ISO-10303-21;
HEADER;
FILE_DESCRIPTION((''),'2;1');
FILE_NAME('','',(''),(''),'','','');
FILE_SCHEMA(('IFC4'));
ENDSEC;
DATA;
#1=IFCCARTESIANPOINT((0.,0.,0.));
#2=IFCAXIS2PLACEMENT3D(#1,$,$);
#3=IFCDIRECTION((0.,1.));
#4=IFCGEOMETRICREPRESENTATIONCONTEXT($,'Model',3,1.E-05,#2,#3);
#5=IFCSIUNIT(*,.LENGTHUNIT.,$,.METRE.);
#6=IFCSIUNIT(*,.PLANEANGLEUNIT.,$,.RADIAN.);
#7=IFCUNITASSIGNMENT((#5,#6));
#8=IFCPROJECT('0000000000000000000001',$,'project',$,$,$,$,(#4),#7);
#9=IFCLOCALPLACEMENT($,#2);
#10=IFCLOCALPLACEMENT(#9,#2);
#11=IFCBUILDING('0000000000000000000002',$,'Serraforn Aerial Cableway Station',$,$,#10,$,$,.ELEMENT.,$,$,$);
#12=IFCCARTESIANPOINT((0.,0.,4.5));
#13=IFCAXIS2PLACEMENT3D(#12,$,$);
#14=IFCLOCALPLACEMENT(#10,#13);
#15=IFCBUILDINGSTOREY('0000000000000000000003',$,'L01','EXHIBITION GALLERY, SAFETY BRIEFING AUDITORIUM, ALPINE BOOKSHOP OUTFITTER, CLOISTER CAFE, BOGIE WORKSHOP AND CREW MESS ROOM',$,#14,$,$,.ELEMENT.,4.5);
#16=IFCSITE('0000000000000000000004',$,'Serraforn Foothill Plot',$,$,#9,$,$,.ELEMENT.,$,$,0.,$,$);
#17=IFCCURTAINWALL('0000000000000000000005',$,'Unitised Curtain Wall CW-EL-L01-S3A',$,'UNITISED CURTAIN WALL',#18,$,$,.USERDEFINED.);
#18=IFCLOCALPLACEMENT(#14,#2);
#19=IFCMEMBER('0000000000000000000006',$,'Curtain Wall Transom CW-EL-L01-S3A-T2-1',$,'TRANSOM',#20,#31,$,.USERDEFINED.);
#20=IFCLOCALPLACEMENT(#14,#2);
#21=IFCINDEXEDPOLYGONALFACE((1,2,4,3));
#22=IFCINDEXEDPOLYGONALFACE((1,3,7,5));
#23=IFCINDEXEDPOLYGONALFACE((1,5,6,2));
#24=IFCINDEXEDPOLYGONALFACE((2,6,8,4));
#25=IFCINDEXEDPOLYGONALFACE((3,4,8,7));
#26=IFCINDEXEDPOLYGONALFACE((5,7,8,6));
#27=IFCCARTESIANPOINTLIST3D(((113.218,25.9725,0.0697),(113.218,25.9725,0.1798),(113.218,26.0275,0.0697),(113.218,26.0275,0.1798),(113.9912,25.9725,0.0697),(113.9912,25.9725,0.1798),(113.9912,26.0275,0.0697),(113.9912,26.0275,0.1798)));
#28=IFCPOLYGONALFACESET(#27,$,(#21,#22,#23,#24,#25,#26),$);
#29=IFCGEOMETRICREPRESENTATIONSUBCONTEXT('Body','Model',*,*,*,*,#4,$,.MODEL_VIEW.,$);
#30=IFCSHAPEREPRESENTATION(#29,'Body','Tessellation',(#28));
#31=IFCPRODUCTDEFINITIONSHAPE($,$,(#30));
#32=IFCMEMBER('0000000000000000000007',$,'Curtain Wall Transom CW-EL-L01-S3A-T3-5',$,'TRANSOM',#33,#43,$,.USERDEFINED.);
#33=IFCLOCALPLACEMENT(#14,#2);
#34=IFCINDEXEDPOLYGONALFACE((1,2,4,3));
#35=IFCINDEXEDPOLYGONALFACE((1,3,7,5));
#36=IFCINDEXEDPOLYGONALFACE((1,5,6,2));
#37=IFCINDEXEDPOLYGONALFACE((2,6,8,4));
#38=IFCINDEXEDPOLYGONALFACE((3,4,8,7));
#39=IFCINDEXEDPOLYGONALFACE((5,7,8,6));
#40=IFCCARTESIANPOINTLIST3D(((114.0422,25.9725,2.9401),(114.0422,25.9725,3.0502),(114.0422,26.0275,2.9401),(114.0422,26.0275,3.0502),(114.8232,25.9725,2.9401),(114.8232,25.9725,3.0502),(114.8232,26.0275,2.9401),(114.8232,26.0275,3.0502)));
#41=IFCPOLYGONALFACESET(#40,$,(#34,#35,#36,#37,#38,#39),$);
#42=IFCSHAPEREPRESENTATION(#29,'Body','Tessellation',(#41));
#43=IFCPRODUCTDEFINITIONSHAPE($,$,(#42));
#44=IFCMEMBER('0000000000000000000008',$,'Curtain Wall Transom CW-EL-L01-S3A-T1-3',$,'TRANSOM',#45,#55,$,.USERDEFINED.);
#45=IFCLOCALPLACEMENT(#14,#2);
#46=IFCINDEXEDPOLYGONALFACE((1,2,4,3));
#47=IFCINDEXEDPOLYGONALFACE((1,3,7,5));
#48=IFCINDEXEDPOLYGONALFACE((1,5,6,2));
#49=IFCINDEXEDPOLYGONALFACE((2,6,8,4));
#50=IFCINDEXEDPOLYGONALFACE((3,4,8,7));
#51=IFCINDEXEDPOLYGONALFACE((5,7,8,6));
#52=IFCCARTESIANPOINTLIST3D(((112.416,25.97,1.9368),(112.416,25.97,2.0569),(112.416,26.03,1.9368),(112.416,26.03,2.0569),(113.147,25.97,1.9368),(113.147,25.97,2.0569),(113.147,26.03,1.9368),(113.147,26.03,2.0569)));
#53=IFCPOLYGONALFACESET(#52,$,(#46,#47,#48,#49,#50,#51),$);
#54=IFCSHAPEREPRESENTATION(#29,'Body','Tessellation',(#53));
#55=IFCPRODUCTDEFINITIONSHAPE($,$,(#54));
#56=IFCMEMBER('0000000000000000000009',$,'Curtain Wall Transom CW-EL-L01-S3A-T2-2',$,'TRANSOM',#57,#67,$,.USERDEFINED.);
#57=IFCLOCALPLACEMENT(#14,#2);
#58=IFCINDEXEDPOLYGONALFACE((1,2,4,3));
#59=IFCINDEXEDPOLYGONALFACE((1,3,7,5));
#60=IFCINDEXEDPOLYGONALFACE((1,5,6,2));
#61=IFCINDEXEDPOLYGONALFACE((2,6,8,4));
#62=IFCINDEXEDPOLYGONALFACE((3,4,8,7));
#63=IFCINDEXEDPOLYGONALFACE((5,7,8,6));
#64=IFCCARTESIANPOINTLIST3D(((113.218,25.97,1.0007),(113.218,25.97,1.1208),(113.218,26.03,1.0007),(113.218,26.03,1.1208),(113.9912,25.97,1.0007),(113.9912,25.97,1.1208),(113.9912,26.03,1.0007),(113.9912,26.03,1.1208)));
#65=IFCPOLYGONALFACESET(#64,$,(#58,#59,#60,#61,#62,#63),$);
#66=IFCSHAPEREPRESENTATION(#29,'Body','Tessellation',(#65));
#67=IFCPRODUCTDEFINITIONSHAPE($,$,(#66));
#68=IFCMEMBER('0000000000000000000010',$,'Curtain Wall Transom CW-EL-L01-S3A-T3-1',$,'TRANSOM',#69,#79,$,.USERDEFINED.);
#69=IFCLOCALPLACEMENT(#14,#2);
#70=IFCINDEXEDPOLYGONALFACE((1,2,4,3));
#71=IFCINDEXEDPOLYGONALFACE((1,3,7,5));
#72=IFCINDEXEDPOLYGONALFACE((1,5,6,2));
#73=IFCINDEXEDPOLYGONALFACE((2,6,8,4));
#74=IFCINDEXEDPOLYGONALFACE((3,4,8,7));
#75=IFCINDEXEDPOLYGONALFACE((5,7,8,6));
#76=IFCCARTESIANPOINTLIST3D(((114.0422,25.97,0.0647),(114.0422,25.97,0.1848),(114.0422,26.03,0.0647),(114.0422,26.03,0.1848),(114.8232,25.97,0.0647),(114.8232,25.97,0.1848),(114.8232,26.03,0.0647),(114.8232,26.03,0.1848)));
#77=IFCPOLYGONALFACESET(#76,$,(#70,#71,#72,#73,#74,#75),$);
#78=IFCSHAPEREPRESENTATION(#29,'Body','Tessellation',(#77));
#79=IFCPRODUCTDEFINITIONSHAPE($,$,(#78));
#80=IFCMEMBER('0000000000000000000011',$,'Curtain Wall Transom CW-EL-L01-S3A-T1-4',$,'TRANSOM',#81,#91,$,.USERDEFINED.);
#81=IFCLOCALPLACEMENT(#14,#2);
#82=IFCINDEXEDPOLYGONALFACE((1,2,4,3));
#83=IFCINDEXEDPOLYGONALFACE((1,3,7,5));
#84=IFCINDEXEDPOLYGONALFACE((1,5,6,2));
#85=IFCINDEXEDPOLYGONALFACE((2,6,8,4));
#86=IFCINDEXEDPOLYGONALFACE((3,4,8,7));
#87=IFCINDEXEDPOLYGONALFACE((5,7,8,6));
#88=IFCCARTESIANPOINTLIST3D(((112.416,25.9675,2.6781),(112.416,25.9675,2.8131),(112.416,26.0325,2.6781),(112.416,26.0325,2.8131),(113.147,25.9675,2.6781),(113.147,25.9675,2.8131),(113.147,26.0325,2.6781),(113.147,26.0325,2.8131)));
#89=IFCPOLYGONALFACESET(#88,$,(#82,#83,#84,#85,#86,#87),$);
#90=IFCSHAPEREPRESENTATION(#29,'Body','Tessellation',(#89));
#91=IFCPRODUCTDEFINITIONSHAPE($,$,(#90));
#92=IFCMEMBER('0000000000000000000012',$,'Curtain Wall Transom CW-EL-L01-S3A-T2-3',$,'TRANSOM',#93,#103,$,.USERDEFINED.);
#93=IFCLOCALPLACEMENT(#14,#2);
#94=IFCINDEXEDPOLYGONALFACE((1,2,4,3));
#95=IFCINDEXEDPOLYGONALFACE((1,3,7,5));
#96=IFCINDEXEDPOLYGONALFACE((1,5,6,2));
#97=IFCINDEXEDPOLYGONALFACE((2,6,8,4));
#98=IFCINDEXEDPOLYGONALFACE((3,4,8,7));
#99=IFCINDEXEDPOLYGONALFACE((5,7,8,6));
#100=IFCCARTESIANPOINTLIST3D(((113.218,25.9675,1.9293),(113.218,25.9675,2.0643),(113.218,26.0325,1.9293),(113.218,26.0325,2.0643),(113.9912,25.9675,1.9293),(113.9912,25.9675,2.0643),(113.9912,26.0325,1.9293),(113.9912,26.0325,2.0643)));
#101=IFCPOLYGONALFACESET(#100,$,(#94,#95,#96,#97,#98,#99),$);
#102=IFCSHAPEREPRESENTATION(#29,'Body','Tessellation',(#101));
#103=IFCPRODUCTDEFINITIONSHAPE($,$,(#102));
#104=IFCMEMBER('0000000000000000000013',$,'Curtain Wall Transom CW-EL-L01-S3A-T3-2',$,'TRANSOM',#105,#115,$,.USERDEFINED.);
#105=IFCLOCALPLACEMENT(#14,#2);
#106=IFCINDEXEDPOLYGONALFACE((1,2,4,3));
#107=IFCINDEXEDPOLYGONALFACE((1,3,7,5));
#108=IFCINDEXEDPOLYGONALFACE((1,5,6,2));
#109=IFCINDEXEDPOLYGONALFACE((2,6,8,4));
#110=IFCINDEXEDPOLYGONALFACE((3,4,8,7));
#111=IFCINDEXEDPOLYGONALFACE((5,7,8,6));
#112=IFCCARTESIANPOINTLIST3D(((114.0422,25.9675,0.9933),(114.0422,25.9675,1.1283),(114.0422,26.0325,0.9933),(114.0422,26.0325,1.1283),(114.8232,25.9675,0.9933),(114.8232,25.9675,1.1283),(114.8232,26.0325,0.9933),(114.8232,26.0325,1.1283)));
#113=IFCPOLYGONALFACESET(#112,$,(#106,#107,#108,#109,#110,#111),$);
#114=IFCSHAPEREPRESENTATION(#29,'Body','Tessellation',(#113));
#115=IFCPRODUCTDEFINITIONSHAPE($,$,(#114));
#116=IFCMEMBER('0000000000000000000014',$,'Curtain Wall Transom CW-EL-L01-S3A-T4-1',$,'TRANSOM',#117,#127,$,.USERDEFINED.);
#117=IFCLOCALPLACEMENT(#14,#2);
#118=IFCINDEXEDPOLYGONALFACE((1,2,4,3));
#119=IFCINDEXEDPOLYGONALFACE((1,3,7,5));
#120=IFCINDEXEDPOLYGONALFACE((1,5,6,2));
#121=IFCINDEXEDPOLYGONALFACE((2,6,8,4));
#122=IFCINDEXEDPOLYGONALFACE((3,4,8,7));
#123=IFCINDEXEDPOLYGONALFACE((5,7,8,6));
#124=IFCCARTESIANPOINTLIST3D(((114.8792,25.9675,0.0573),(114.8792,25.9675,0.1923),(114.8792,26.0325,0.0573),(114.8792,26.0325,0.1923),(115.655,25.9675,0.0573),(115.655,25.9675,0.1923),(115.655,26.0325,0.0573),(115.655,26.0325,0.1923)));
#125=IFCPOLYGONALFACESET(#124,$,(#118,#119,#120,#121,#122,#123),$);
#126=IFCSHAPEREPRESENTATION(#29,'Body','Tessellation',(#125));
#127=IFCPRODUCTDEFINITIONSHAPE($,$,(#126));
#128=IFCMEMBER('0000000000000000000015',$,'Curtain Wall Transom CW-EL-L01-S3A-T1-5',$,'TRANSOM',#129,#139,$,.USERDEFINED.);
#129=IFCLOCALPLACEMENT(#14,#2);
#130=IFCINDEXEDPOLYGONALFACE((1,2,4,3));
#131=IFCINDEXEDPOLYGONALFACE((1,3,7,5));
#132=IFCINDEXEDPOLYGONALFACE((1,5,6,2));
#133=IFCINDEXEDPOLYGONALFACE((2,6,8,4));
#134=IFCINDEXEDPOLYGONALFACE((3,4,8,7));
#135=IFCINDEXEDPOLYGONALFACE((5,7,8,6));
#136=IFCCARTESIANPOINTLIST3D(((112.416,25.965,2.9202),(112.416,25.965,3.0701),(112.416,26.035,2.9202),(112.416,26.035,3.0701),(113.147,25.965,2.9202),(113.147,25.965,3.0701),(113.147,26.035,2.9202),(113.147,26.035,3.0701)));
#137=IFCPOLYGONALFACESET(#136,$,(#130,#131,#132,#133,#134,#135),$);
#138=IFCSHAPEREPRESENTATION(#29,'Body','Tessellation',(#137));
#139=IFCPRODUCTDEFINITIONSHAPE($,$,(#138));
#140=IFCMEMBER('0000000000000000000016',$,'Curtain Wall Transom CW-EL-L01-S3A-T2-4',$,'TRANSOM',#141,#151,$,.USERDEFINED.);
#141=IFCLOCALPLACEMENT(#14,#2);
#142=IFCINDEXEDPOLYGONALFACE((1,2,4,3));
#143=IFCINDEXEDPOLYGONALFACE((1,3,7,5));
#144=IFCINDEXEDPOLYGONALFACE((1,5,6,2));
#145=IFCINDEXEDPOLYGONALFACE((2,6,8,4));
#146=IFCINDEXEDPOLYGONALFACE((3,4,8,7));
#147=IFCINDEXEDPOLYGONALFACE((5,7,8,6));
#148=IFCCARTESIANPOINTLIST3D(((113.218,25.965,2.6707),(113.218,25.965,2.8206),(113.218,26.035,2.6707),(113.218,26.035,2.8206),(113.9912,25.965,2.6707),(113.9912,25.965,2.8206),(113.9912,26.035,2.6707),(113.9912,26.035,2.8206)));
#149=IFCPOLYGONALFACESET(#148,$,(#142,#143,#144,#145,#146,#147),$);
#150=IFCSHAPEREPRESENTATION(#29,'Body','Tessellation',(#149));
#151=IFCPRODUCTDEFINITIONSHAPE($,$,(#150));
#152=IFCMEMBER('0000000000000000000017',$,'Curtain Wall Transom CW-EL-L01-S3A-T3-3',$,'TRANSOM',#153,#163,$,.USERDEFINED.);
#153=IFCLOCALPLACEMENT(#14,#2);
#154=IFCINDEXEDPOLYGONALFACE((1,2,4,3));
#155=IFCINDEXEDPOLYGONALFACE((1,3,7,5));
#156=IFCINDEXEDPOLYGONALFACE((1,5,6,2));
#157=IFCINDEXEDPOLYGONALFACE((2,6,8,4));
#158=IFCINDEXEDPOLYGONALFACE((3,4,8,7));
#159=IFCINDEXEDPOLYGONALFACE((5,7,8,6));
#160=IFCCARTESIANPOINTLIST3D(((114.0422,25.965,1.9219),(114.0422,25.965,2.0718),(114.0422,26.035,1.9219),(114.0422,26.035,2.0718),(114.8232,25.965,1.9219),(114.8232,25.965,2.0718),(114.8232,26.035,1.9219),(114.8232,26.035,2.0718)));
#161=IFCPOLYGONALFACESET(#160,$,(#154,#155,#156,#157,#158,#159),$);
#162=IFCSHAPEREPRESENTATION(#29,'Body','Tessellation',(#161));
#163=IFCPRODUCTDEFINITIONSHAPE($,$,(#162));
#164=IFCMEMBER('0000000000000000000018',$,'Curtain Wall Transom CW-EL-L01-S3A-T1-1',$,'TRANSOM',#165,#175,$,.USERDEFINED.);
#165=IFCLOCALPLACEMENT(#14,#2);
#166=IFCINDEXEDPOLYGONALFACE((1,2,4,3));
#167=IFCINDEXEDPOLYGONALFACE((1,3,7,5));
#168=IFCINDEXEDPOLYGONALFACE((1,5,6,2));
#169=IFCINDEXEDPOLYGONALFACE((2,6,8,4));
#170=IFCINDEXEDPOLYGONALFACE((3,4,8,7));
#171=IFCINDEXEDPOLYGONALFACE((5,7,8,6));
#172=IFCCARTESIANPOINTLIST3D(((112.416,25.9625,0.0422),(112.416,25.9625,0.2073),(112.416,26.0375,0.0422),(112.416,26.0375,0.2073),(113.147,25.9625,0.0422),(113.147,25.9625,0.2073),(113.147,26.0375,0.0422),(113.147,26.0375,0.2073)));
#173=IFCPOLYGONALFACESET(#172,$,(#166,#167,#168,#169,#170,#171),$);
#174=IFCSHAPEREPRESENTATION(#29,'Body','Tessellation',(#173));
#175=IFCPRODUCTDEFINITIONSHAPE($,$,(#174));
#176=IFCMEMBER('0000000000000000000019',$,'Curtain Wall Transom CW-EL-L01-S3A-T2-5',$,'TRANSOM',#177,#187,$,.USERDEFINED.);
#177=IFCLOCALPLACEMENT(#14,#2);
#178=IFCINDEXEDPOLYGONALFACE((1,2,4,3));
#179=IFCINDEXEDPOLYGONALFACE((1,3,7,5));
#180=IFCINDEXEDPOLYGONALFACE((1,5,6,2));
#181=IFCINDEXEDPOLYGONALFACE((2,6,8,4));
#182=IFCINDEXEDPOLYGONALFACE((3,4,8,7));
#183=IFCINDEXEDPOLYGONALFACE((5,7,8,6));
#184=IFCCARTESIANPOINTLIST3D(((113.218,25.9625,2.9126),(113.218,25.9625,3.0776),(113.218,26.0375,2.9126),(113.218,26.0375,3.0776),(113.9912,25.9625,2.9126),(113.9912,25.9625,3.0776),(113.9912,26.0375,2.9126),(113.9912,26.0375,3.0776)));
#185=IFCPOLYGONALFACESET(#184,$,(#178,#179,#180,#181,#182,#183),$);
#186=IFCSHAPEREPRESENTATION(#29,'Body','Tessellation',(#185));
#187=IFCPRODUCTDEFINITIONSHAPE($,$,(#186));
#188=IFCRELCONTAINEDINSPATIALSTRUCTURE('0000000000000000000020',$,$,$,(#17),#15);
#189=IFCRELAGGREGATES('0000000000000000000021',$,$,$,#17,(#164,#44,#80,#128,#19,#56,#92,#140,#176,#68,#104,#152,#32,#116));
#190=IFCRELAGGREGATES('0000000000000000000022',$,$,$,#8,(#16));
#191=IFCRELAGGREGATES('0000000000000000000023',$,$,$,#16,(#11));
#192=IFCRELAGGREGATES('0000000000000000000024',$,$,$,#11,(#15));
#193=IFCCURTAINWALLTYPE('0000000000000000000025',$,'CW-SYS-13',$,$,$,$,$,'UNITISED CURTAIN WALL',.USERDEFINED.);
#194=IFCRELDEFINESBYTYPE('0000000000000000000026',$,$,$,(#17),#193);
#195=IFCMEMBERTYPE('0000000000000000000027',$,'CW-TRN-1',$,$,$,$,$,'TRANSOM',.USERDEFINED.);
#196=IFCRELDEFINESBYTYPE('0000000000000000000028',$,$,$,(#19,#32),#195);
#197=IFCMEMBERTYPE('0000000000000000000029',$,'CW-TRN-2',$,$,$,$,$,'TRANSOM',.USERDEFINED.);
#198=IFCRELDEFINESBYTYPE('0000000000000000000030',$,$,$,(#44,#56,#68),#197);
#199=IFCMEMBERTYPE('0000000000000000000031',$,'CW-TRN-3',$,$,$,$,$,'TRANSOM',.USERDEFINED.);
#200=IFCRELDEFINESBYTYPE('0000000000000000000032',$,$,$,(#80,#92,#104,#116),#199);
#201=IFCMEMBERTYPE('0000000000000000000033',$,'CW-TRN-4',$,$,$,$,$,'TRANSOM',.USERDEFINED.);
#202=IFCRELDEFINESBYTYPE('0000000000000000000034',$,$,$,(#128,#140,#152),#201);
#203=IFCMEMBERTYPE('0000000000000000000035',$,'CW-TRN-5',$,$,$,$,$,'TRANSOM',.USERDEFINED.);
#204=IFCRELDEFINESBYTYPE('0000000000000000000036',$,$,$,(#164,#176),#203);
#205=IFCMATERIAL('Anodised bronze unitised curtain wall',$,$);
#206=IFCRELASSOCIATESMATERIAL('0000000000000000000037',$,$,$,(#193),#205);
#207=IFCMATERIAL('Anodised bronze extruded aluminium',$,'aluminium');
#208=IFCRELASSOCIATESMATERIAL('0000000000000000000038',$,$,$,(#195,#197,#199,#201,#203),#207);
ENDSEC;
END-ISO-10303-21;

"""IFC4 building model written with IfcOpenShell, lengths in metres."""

from ifc_helpers import new_model, si_unit, direction, frame, origin, origin_2d, place, context, subcontext, project, spatial, rectangle, extrude, material, material_profile, profile_set, type_object, element, aggregate, save


model = new_model("IFC4")

# Units and contexts
model_context = context("Model", 3, precision=1e-05, world=origin(), true_north=direction((0.0, 1.0)))
body_context = subcontext(model_context, "Body", "Model", "MODEL_VIEW")
ifc_project = project(units=[si_unit("LENGTHUNIT", "METRE"), si_unit("PLANEANGLEUNIT", "RADIAN")], contexts=[model_context])

# Site, building, storey
site_placement = place(None, origin())
site = spatial("IfcSite", under=ifc_project, at=site_placement, Name="Serraforn Foothill Plot", CompositionType="ELEMENT", RefElevation=0.0)
building_placement = place(site_placement, origin())
building = spatial("IfcBuilding", under=site, at=building_placement, Name="Serraforn Aerial Cableway Station", CompositionType="ELEMENT")
storey_placement = place(building_placement, frame((0.0, 0.0, 4.5)))
storey = spatial("IfcBuildingStorey", under=building, at=storey_placement, Name="L01", Description="EXHIBITION GALLERY, SAFETY BRIEFING AUDITORIUM, ALPINE BOOKSHOP OUTFITTER, CLOISTER CAFE, BOGIE WORKSHOP AND CREW MESS ROOM", CompositionType="ELEMENT", Elevation=4.5)

# Curtain wall, members
ifc_material_1 = material(Name="Anodised bronze unitised curtain wall")
curtain_wall_type = type_object("IfcCurtainWallType", Name="CW-SYS-13", ElementType="UNITISED CURTAIN WALL", PredefinedType="USERDEFINED", material=ifc_material_1)
curtain_wall_placement = place(storey_placement, origin())
curtain_wall = element("IfcCurtainWall", 1, at=curtain_wall_placement, inside=storey, type_object=curtain_wall_type, Name="Unitised Curtain Wall CW-EL-L01-S3A", ObjectType="UNITISED CURTAIN WALL", PredefinedType="USERDEFINED")
ifc_material_2 = material(Name="Anodised bronze extruded aluminium", Category="aluminium")
ifc_material_profile_1 = material_profile(ifc_material_2, rectangle(XDim=0.0549, YDim=0.1101, at=origin_2d()), Name="CW TRANSOM 55x110")
ifc_profile_set_1 = profile_set([ifc_material_profile_1], Name="Anodised bronze extruded aluminium")
member_type_1 = type_object("IfcMemberType", Name="CW-TRN-1", ElementType="TRANSOM", PredefinedType="USERDEFINED", material=ifc_profile_set_1)
member_1_placement = place(storey_placement, frame((113.218, 26.0, 0.1248), z_axis=(1.0, 0.0, 0.0), x_axis=(0.0, 1.0, 0.0)))
member_1 = element("IfcMember", 2, at=member_1_placement, type_object=member_type_1, Name="Curtain Wall Transom CW-EL-L01-S3A-T2-1", ObjectType="TRANSOM", PredefinedType="USERDEFINED", context=body_context, shape_type="SweptSolid", body=[
    extrude(rectangle(XDim=0.0549, YDim=0.1101, at=origin_2d()), origin(), (0.0, 0.0, 1.0), 0.7732),
])
member_2_placement = place(storey_placement, frame((114.0422, 26.0, 2.9951), z_axis=(1.0, 0.0, 0.0), x_axis=(0.0, 1.0, 0.0)))
member_2 = element("IfcMember", 3, at=member_2_placement, type_object=member_type_1, Name="Curtain Wall Transom CW-EL-L01-S3A-T3-5", ObjectType="TRANSOM", PredefinedType="USERDEFINED", context=body_context, shape_type="SweptSolid", body=[
    extrude(rectangle(XDim=0.0549, YDim=0.1101, at=origin_2d()), origin(), (0.0, 0.0, 1.0), 0.781),
])
ifc_material_profile_2 = material_profile(ifc_material_2, rectangle(XDim=0.0601, YDim=0.1201, at=origin_2d()), Name="CW TRANSOM 60x120")
ifc_profile_set_2 = profile_set([ifc_material_profile_2], Name="Anodised bronze extruded aluminium")
member_type_2 = type_object("IfcMemberType", Name="CW-TRN-2", ElementType="TRANSOM", PredefinedType="USERDEFINED", material=ifc_profile_set_2)
member_3_placement = place(storey_placement, frame((112.416, 26.0, 1.9968), z_axis=(1.0, 0.0, 0.0), x_axis=(0.0, 1.0, 0.0)))
member_3 = element("IfcMember", 4, at=member_3_placement, type_object=member_type_2, Name="Curtain Wall Transom CW-EL-L01-S3A-T1-3", ObjectType="TRANSOM", PredefinedType="USERDEFINED", context=body_context, shape_type="SweptSolid", body=[
    extrude(rectangle(XDim=0.0601, YDim=0.1201, at=origin_2d()), origin(), (0.0, 0.0, 1.0), 0.731),
])
member_4_placement = place(storey_placement, frame((113.218, 26.0, 1.0608), z_axis=(1.0, 0.0, 0.0), x_axis=(0.0, 1.0, 0.0)))
member_4 = element("IfcMember", 5, at=member_4_placement, type_object=member_type_2, Name="Curtain Wall Transom CW-EL-L01-S3A-T2-2", ObjectType="TRANSOM", PredefinedType="USERDEFINED", context=body_context, shape_type="SweptSolid", body=[
    extrude(rectangle(XDim=0.0601, YDim=0.1201, at=origin_2d()), origin(), (0.0, 0.0, 1.0), 0.7732),
])
member_5_placement = place(storey_placement, frame((114.0422, 26.0, 0.1248), z_axis=(1.0, 0.0, 0.0), x_axis=(0.0, 1.0, 0.0)))
member_5 = element("IfcMember", 6, at=member_5_placement, type_object=member_type_2, Name="Curtain Wall Transom CW-EL-L01-S3A-T3-1", ObjectType="TRANSOM", PredefinedType="USERDEFINED", context=body_context, shape_type="SweptSolid", body=[
    extrude(rectangle(XDim=0.0601, YDim=0.1201, at=origin_2d()), origin(), (0.0, 0.0, 1.0), 0.781),
])
ifc_material_profile_3 = material_profile(ifc_material_2, rectangle(XDim=0.0649, YDim=0.135, at=origin_2d()), Name="CW TRANSOM 65x135")
ifc_profile_set_3 = profile_set([ifc_material_profile_3], Name="Anodised bronze extruded aluminium")
member_type_3 = type_object("IfcMemberType", Name="CW-TRN-3", ElementType="TRANSOM", PredefinedType="USERDEFINED", material=ifc_profile_set_3)
member_6_placement = place(storey_placement, frame((112.416, 26.0, 2.7456), z_axis=(1.0, 0.0, 0.0), x_axis=(0.0, 1.0, 0.0)))
member_6 = element("IfcMember", 7, at=member_6_placement, type_object=member_type_3, Name="Curtain Wall Transom CW-EL-L01-S3A-T1-4", ObjectType="TRANSOM", PredefinedType="USERDEFINED", context=body_context, shape_type="SweptSolid", body=[
    extrude(rectangle(XDim=0.0649, YDim=0.135, at=origin_2d()), origin(), (0.0, 0.0, 1.0), 0.731),
])
member_7_placement = place(storey_placement, frame((113.218, 26.0, 1.9968), z_axis=(1.0, 0.0, 0.0), x_axis=(0.0, 1.0, 0.0)))
member_7 = element("IfcMember", 8, at=member_7_placement, type_object=member_type_3, Name="Curtain Wall Transom CW-EL-L01-S3A-T2-3", ObjectType="TRANSOM", PredefinedType="USERDEFINED", context=body_context, shape_type="SweptSolid", body=[
    extrude(rectangle(XDim=0.0649, YDim=0.135, at=origin_2d()), origin(), (0.0, 0.0, 1.0), 0.7732),
])
member_8_placement = place(storey_placement, frame((114.0422, 26.0, 1.0608), z_axis=(1.0, 0.0, 0.0), x_axis=(0.0, 1.0, 0.0)))
member_8 = element("IfcMember", 9, at=member_8_placement, type_object=member_type_3, Name="Curtain Wall Transom CW-EL-L01-S3A-T3-2", ObjectType="TRANSOM", PredefinedType="USERDEFINED", context=body_context, shape_type="SweptSolid", body=[
    extrude(rectangle(XDim=0.0649, YDim=0.135, at=origin_2d()), origin(), (0.0, 0.0, 1.0), 0.781),
])
member_9_placement = place(storey_placement, frame((114.8792, 26.0, 0.1248), z_axis=(1.0, 0.0, 0.0), x_axis=(0.0, 1.0, 0.0)))
member_9 = element("IfcMember", 10, at=member_9_placement, type_object=member_type_3, Name="Curtain Wall Transom CW-EL-L01-S3A-T4-1", ObjectType="TRANSOM", PredefinedType="USERDEFINED", context=body_context, shape_type="SweptSolid", body=[
    extrude(rectangle(XDim=0.0649, YDim=0.135, at=origin_2d()), origin(), (0.0, 0.0, 1.0), 0.7759),
])
ifc_material_profile_4 = material_profile(ifc_material_2, rectangle(XDim=0.0701, YDim=0.1499, at=origin_2d()), Name="CW TRANSOM 70x150")
ifc_profile_set_4 = profile_set([ifc_material_profile_4], Name="Anodised bronze extruded aluminium")
member_type_4 = type_object("IfcMemberType", Name="CW-TRN-4", ElementType="TRANSOM", PredefinedType="USERDEFINED", material=ifc_profile_set_4)
member_10_placement = place(storey_placement, frame((112.416, 26.0, 2.9951), z_axis=(1.0, 0.0, 0.0), x_axis=(0.0, 1.0, 0.0)))
member_10 = element("IfcMember", 11, at=member_10_placement, type_object=member_type_4, Name="Curtain Wall Transom CW-EL-L01-S3A-T1-5", ObjectType="TRANSOM", PredefinedType="USERDEFINED", context=body_context, shape_type="SweptSolid", body=[
    extrude(rectangle(XDim=0.0701, YDim=0.1499, at=origin_2d()), origin(), (0.0, 0.0, 1.0), 0.731),
])
member_11_placement = place(storey_placement, frame((113.218, 26.0, 2.7456), z_axis=(1.0, 0.0, 0.0), x_axis=(0.0, 1.0, 0.0)))
member_11 = element("IfcMember", 12, at=member_11_placement, type_object=member_type_4, Name="Curtain Wall Transom CW-EL-L01-S3A-T2-4", ObjectType="TRANSOM", PredefinedType="USERDEFINED", context=body_context, shape_type="SweptSolid", body=[
    extrude(rectangle(XDim=0.0701, YDim=0.1499, at=origin_2d()), origin(), (0.0, 0.0, 1.0), 0.7732),
])
member_12_placement = place(storey_placement, frame((114.0422, 26.0, 1.9968), z_axis=(1.0, 0.0, 0.0), x_axis=(0.0, 1.0, 0.0)))
member_12 = element("IfcMember", 13, at=member_12_placement, type_object=member_type_4, Name="Curtain Wall Transom CW-EL-L01-S3A-T3-3", ObjectType="TRANSOM", PredefinedType="USERDEFINED", context=body_context, shape_type="SweptSolid", body=[
    extrude(rectangle(XDim=0.0701, YDim=0.1499, at=origin_2d()), origin(), (0.0, 0.0, 1.0), 0.781),
])
ifc_material_profile_5 = material_profile(ifc_material_2, rectangle(XDim=0.075, YDim=0.165, at=origin_2d()), Name="CW TRANSOM 75x165")
ifc_profile_set_5 = profile_set([ifc_material_profile_5], Name="Anodised bronze extruded aluminium")
member_type_5 = type_object("IfcMemberType", Name="CW-TRN-5", ElementType="TRANSOM", PredefinedType="USERDEFINED", material=ifc_profile_set_5)
member_13_placement = place(storey_placement, frame((112.416, 26.0, 0.1248), z_axis=(1.0, 0.0, 0.0), x_axis=(0.0, 1.0, 0.0)))
member_13 = element("IfcMember", 14, at=member_13_placement, type_object=member_type_5, Name="Curtain Wall Transom CW-EL-L01-S3A-T1-1", ObjectType="TRANSOM", PredefinedType="USERDEFINED", context=body_context, shape_type="SweptSolid", body=[
    extrude(rectangle(XDim=0.075, YDim=0.165, at=origin_2d()), origin(), (0.0, 0.0, 1.0), 0.731),
])
member_14_placement = place(storey_placement, frame((113.218, 26.0, 2.9951), z_axis=(1.0, 0.0, 0.0), x_axis=(0.0, 1.0, 0.0)))
member_14 = element("IfcMember", 15, at=member_14_placement, type_object=member_type_5, Name="Curtain Wall Transom CW-EL-L01-S3A-T2-5", ObjectType="TRANSOM", PredefinedType="USERDEFINED", context=body_context, shape_type="SweptSolid", body=[
    extrude(rectangle(XDim=0.075, YDim=0.165, at=origin_2d()), origin(), (0.0, 0.0, 1.0), 0.7732),
])
aggregate(curtain_wall, [member_13, member_3, member_6, member_10, member_1, member_4, member_7, member_11, member_14, member_5, member_8, member_12, member_2, member_9])

save(model, "model.ifc")
